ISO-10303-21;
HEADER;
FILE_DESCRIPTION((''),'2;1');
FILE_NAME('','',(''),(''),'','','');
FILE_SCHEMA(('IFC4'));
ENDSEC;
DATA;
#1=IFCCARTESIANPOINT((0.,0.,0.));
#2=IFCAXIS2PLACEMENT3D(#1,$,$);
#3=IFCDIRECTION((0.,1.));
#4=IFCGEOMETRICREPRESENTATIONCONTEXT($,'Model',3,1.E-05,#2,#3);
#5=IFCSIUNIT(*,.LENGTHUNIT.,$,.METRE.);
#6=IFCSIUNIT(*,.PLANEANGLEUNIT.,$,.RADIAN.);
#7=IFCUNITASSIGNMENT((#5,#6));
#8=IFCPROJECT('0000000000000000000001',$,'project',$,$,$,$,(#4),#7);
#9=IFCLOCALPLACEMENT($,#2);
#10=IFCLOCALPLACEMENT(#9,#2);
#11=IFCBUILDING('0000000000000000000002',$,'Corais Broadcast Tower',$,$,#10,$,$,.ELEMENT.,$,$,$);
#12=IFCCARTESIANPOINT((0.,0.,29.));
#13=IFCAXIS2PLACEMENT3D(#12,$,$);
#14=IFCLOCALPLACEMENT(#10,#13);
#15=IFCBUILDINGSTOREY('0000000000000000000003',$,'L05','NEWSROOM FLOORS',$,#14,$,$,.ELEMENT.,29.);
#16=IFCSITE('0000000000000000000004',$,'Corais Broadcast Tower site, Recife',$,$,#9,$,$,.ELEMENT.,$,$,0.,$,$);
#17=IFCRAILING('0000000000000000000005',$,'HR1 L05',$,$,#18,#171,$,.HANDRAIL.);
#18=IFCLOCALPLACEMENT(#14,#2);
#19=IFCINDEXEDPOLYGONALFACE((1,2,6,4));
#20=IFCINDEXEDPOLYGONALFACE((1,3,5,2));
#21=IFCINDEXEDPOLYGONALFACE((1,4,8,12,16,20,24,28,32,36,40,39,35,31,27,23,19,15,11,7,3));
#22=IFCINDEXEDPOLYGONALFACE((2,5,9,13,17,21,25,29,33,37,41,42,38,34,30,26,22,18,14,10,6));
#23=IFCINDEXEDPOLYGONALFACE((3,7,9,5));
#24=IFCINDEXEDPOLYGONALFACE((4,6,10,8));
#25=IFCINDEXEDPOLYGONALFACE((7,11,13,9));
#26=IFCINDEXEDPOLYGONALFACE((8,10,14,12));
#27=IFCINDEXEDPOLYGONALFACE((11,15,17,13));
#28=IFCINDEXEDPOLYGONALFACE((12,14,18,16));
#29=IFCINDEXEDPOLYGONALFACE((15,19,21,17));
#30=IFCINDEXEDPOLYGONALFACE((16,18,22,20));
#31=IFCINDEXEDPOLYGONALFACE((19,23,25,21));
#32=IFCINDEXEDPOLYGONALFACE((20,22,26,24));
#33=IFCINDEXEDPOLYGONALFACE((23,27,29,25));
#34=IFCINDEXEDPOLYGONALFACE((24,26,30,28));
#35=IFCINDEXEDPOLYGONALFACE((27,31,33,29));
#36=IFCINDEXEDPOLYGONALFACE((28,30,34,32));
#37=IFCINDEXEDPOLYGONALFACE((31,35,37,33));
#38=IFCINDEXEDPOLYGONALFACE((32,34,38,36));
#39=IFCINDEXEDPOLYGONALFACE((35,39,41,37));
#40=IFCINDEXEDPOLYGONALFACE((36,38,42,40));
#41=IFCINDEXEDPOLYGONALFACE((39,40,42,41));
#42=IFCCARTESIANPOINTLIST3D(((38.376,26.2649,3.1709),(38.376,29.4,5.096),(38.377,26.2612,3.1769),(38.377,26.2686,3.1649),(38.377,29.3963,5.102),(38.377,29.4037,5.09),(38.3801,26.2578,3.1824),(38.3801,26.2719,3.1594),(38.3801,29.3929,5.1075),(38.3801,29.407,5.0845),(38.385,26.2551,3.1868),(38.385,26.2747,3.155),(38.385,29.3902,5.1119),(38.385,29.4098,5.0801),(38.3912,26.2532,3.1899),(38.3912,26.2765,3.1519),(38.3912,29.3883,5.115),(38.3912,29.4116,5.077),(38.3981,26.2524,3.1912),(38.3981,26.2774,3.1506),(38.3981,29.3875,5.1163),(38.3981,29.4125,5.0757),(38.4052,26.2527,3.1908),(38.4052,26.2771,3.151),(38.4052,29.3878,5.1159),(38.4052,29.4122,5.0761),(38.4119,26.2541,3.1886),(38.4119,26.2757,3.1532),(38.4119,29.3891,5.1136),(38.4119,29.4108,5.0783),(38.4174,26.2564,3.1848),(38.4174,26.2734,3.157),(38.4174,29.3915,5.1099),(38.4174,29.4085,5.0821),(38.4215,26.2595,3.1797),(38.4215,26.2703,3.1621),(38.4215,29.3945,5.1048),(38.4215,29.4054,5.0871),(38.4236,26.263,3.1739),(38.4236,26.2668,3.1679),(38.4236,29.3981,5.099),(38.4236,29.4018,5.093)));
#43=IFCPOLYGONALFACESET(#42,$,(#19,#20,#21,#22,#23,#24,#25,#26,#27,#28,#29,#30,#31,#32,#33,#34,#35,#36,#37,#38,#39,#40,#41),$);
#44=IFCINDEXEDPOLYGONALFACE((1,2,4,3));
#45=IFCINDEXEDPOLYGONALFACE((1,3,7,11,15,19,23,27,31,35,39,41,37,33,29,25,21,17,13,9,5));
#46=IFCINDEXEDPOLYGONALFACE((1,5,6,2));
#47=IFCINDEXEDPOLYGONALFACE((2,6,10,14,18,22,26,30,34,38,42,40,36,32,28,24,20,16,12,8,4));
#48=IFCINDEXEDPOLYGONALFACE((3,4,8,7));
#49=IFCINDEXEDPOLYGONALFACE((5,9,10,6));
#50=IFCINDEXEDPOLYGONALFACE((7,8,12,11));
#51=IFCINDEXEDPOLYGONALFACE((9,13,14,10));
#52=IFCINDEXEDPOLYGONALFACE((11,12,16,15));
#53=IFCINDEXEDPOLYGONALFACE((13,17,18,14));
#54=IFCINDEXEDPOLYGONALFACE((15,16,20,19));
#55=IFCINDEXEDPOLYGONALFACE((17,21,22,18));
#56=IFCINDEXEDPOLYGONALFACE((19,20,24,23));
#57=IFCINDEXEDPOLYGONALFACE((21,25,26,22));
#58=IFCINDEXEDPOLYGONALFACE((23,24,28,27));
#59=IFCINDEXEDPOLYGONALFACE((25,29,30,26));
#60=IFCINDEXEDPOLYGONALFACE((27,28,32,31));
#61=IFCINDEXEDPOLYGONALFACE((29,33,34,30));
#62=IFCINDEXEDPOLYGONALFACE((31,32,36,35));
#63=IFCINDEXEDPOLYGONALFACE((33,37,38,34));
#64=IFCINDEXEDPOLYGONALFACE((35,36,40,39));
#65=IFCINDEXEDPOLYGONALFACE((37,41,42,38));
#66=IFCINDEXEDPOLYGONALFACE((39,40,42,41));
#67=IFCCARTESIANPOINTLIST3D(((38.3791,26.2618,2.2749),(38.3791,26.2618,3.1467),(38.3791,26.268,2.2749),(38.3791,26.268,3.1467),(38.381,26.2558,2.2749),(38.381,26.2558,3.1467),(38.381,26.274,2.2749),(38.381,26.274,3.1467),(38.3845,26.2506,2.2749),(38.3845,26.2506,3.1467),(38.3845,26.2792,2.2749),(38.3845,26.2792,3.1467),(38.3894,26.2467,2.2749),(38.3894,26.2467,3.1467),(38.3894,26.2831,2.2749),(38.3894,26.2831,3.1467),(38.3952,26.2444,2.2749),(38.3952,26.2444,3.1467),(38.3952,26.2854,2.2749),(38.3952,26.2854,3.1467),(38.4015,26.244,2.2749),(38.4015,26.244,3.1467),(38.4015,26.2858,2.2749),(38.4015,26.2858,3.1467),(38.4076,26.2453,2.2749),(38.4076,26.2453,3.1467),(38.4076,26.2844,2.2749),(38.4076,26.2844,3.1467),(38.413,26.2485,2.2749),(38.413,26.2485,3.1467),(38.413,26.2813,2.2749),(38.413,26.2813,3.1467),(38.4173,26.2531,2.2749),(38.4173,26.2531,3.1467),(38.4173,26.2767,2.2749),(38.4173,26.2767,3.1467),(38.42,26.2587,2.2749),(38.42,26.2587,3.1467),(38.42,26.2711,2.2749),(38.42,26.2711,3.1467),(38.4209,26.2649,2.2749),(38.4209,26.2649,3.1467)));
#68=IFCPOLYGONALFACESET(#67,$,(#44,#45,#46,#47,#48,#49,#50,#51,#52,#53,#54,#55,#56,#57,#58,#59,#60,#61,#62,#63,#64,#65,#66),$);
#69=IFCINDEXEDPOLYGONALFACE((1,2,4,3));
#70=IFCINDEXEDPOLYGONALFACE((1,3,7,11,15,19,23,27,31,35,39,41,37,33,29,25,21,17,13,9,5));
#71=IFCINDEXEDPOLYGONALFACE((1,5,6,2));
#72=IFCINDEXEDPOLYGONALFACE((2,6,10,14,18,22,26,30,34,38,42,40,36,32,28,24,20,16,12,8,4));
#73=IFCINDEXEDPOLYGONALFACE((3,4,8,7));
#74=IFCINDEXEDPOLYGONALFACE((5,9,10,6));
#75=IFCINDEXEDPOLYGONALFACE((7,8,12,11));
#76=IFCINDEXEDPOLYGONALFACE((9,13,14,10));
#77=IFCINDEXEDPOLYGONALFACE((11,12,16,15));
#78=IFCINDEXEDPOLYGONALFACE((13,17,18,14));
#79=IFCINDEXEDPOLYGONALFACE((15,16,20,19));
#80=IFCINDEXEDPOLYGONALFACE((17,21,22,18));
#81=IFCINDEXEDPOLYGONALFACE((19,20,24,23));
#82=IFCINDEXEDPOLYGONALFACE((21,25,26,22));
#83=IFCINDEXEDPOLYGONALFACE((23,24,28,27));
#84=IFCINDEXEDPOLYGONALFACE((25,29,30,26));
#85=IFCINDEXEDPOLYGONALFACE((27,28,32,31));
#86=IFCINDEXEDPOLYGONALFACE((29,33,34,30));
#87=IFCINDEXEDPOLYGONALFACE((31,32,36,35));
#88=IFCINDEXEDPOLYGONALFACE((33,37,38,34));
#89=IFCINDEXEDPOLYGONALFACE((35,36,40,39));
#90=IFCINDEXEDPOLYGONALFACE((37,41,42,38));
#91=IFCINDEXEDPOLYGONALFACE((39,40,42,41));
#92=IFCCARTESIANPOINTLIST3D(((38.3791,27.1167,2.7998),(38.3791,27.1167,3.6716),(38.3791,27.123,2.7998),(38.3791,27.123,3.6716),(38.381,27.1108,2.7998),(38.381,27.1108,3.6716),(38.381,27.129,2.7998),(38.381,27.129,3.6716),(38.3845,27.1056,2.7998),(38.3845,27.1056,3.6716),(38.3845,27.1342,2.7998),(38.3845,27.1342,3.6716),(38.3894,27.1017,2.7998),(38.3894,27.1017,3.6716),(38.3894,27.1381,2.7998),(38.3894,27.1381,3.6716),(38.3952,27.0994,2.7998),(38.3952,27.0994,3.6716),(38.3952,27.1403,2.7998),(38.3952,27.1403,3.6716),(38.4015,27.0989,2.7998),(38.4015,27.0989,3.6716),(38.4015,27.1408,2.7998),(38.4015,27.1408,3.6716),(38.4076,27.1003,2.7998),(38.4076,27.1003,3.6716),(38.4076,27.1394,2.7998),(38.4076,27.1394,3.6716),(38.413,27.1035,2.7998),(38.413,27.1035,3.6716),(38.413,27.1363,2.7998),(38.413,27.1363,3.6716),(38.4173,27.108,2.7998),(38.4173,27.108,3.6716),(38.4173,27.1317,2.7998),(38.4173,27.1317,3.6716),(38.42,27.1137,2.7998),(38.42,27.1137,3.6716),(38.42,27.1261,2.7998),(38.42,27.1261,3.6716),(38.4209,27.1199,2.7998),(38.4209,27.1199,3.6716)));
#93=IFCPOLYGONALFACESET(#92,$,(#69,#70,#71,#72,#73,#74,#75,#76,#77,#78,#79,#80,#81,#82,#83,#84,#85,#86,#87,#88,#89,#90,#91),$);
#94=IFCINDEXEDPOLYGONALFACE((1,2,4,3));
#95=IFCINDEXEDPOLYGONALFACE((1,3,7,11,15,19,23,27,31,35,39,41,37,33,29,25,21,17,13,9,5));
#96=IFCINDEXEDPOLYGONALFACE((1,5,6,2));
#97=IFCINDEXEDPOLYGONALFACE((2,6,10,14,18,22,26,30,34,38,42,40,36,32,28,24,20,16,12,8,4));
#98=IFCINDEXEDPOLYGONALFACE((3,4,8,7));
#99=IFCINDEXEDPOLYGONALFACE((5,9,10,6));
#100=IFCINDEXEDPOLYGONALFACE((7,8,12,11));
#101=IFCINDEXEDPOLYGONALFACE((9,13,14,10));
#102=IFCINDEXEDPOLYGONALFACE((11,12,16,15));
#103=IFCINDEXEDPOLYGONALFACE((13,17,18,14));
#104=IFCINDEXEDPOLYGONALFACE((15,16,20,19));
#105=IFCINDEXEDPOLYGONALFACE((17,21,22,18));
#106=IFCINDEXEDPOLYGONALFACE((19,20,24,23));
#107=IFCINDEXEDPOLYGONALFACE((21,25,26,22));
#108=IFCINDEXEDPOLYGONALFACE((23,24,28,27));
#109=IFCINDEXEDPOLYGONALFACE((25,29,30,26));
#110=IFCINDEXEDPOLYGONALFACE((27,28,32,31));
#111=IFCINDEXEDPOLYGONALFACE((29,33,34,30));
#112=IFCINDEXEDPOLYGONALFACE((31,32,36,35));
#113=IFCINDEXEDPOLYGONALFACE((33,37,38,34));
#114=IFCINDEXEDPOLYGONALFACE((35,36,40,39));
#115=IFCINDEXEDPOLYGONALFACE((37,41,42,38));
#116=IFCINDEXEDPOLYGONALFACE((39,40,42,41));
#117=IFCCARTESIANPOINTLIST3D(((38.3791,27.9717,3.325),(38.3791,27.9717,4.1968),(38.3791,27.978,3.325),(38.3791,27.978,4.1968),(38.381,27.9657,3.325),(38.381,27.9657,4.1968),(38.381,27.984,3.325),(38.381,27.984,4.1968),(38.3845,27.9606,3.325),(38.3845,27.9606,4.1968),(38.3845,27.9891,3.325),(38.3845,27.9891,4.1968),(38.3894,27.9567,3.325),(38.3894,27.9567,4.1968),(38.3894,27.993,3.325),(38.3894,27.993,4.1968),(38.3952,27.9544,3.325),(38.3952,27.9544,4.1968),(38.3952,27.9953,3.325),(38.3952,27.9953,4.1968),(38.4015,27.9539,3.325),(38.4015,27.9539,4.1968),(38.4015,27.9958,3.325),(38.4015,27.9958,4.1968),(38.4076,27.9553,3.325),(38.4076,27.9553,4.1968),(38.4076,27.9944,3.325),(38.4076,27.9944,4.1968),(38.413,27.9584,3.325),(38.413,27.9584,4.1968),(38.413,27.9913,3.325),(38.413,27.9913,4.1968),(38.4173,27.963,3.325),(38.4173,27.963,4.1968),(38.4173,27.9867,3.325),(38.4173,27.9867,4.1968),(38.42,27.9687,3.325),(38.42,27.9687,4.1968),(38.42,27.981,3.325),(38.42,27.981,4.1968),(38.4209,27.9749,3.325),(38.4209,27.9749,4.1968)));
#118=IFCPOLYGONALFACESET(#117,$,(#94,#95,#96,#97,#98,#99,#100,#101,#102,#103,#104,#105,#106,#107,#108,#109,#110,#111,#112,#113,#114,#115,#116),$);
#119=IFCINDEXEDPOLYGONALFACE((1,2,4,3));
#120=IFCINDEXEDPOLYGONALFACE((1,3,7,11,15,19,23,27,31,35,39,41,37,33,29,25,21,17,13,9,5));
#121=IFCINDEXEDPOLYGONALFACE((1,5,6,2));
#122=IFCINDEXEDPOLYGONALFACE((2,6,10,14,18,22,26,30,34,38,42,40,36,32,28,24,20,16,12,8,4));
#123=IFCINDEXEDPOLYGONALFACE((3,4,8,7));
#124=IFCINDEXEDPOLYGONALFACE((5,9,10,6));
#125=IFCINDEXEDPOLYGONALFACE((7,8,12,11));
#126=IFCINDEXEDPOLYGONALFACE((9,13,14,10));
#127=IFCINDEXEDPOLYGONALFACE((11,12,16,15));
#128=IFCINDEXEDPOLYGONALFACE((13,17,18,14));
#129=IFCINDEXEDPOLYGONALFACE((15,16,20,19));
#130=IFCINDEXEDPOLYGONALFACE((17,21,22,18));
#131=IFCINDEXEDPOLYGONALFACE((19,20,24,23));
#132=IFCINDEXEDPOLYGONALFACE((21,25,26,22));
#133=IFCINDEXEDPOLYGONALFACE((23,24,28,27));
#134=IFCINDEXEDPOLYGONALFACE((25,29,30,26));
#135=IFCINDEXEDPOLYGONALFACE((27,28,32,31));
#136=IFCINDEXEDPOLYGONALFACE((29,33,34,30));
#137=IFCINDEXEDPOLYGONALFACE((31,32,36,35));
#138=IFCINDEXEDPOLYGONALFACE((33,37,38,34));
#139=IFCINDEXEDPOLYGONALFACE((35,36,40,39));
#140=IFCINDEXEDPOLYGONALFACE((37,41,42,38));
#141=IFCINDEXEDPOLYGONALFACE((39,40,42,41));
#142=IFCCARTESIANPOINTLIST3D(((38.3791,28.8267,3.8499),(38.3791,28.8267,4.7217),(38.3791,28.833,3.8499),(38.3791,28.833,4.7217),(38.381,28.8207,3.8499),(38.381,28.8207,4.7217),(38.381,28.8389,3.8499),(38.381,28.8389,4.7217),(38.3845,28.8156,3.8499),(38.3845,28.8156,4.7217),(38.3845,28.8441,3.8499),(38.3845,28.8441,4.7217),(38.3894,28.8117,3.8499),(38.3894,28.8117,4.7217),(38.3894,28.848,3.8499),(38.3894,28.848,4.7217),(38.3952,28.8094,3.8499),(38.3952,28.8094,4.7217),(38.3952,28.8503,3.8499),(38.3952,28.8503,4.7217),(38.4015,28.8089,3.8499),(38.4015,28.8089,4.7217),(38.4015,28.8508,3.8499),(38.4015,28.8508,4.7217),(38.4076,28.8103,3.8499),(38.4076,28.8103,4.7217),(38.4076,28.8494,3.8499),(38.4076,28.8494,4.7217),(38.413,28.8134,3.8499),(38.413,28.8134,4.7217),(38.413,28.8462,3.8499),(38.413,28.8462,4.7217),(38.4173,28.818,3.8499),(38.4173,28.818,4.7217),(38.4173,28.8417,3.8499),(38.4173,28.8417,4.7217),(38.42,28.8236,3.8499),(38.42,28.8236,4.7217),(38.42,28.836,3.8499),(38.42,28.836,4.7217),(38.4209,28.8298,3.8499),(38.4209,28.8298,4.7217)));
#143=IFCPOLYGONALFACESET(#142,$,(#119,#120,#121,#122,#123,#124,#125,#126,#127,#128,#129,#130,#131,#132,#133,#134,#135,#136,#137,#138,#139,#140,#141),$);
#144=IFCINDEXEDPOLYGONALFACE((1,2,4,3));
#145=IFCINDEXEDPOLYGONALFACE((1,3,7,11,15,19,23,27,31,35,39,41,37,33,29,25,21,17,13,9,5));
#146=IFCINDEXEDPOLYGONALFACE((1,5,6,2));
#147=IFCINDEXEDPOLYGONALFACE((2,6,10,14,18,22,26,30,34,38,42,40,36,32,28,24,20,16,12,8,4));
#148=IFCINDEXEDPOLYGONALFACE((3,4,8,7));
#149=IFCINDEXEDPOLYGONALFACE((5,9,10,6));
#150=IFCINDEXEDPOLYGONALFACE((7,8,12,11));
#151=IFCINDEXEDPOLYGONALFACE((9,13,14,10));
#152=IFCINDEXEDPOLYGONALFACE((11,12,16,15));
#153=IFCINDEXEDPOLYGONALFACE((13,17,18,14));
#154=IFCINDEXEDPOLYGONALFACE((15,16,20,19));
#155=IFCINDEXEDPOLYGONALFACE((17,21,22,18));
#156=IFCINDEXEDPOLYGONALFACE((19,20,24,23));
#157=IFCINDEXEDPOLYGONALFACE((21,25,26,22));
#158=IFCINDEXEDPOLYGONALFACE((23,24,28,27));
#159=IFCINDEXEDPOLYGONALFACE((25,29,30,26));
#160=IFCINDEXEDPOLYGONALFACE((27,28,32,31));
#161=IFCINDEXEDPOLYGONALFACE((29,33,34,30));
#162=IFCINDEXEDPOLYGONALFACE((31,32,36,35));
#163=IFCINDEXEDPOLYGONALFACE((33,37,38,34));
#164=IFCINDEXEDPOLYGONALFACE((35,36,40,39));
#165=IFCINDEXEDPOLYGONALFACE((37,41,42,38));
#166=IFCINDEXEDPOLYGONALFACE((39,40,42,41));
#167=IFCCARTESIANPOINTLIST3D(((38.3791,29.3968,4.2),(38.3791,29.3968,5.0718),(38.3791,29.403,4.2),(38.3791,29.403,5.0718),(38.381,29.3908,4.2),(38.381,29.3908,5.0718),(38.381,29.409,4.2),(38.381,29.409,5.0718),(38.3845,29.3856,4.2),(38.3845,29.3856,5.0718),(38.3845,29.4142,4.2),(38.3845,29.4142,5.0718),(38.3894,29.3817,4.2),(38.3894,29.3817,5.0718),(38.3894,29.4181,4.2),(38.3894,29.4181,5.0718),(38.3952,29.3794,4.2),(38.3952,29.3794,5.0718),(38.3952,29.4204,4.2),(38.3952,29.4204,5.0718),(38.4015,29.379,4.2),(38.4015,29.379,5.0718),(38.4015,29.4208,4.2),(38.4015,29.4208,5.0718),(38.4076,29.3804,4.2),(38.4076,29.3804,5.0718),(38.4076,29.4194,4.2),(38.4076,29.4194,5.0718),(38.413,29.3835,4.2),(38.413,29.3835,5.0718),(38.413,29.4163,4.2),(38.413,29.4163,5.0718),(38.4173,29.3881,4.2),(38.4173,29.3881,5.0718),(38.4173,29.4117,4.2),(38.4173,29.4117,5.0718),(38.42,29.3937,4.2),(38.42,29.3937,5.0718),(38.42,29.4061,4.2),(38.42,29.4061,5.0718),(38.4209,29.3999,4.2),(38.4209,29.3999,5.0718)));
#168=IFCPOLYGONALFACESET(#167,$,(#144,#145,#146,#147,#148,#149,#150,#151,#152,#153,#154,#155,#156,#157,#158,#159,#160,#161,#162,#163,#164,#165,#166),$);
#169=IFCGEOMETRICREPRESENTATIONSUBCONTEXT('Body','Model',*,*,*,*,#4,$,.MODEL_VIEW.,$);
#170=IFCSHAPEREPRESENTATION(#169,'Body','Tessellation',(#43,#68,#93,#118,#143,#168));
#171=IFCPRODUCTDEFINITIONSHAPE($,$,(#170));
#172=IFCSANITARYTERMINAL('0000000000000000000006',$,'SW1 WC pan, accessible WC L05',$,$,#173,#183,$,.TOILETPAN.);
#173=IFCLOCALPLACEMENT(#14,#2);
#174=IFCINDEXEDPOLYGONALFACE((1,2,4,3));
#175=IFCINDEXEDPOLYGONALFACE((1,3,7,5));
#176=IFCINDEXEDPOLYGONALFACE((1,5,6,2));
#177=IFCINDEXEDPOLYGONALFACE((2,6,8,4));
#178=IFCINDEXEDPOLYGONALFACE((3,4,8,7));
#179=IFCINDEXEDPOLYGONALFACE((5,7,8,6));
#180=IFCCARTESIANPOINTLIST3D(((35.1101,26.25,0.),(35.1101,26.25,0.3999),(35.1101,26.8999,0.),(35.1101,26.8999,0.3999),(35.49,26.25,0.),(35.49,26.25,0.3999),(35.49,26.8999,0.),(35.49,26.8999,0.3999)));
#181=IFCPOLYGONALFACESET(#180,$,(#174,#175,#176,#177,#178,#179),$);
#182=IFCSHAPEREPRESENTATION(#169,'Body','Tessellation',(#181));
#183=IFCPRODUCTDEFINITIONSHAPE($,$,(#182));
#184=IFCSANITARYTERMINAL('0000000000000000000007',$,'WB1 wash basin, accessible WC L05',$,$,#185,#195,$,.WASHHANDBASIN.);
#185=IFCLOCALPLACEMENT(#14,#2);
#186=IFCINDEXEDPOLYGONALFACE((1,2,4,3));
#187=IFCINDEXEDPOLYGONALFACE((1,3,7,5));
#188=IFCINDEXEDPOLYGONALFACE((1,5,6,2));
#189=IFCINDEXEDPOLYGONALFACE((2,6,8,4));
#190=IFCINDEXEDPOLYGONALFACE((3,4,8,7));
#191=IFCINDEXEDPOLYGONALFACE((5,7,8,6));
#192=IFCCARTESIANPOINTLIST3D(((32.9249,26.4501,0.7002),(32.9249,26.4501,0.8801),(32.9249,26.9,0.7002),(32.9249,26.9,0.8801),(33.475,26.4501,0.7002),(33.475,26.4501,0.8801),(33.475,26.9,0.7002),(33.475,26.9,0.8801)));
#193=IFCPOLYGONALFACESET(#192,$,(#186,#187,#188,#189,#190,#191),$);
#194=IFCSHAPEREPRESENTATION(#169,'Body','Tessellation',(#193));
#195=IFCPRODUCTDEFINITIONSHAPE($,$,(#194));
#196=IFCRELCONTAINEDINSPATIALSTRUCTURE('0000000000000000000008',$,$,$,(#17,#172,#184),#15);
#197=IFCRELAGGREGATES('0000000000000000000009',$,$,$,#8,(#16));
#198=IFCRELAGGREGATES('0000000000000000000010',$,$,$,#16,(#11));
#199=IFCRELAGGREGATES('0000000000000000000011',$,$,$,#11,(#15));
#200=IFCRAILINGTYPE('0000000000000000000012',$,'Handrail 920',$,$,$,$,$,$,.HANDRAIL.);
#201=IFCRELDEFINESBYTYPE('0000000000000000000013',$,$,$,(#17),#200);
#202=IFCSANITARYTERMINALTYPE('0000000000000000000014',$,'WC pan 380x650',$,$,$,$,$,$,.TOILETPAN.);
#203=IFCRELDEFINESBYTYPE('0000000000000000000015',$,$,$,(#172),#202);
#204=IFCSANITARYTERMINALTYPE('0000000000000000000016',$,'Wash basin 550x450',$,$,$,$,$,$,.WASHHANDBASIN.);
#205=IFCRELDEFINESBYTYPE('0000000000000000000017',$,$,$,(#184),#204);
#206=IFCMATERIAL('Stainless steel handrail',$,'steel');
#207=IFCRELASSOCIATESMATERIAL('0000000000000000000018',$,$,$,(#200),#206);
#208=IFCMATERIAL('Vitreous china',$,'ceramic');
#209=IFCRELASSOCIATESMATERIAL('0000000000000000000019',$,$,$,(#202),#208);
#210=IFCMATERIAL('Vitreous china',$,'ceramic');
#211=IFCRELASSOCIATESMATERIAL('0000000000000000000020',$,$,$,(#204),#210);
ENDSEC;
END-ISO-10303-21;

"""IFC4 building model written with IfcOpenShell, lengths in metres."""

from ifc_helpers import new_model, si_unit, direction, frame, origin, origin_2d, place, context, subcontext, project, spatial, rectangle, circle, extrude, material, type_object, element, save


model = new_model("IFC4")

# Units and contexts
model_context = context("Model", 3, precision=1e-05, world=origin(), true_north=direction((0.0, 1.0)))
body_context = subcontext(model_context, "Body", "Model", "MODEL_VIEW")
ifc_project = project(units=[si_unit("LENGTHUNIT", "METRE"), si_unit("PLANEANGLEUNIT", "RADIAN")], contexts=[model_context])

# Site, building, storey
site_placement = place(None, origin())
site = spatial("IfcSite", under=ifc_project, at=site_placement, Name="Corais Broadcast Tower site, Recife", CompositionType="ELEMENT", RefElevation=0.0)
building_placement = place(site_placement, origin())
building = spatial("IfcBuilding", under=site, at=building_placement, Name="Corais Broadcast Tower", CompositionType="ELEMENT")
storey_placement = place(building_placement, frame((0.0, 0.0, 29.0)))
storey = spatial("IfcBuildingStorey", under=building, at=storey_placement, Name="L05", Description="NEWSROOM FLOORS", CompositionType="ELEMENT", Elevation=29.0)

# Railing
ifc_material_1 = material(Name="Stainless steel handrail", Category="steel")
railing_type = type_object("IfcRailingType", Name="Handrail 920", PredefinedType="HANDRAIL", material=ifc_material_1)
for number, where, name in (
    (1, (38.3999, 26.2649, 2.2749), "HR1 L05"),
):
    element("IfcRailing", number, at=place(storey_placement, frame(where)), inside=storey, type_object=railing_type, Name=name, PredefinedType="HANDRAIL", context=body_context, shape_type="SweptSolid", body=[
        extrude(circle(Radius=0.0239, at=origin_2d()), frame((0.0, 0.0, 0.896), z_axis=(0.0, 0.852166, 0.523271), x_axis=(-1.0, 0.0, 0.0)), (0.0, 0.0, 1.0), 3.679),
        extrude(circle(Radius=0.021, at=origin_2d()), origin(), (0.0, 0.0, 1.0), 0.8718),
        extrude(circle(Radius=0.021, at=origin_2d()), frame((0.0, 0.855, 0.5249)), (0.0, 0.0, 1.0), 0.8718),
        extrude(circle(Radius=0.021, at=origin_2d()), frame((0.0, 1.71, 1.05)), (0.0, 0.0, 1.0), 0.8718),
        extrude(circle(Radius=0.021, at=origin_2d()), frame((0.0, 2.5649, 1.575)), (0.0, 0.0, 1.0), 0.8718),
        extrude(circle(Radius=0.021, at=origin_2d()), frame((0.0, 3.135, 1.925)), (0.0, 0.0, 1.0), 0.8718),
    ])

# Sanitary terminals
ifc_material_2 = material(Name="Vitreous china", Category="ceramic")
sanitary_terminal_type_1 = type_object("IfcSanitaryTerminalType", Name="WC pan 380x650", PredefinedType="TOILETPAN", material=ifc_material_2)
sanitary_terminal_1_placement = place(storey_placement, frame((35.3, 26.575, 0.0), z_axis=(0.0, 0.0, 1.0), x_axis=(1.0, 0.0, 0.0)))
element("IfcSanitaryTerminal", 2, at=sanitary_terminal_1_placement, inside=storey, type_object=sanitary_terminal_type_1, Name="SW1 WC pan, accessible WC L05", PredefinedType="TOILETPAN", context=body_context, shape_type="SweptSolid", body=[
    extrude(rectangle(XDim=0.3799, YDim=0.6499, at=origin_2d()), origin(), (0.0, 0.0, 1.0), 0.3999),
])
ifc_material_3 = material(Name="Vitreous china", Category="ceramic")
sanitary_terminal_type_2 = type_object("IfcSanitaryTerminalType", Name="Wash basin 550x450", PredefinedType="WASHHANDBASIN", material=ifc_material_3)
sanitary_terminal_2_placement = place(storey_placement, frame((33.2, 26.675, 0.7002), z_axis=(0.0, 0.0, 1.0), x_axis=(1.0, 0.0, 0.0)))
element("IfcSanitaryTerminal", 3, at=sanitary_terminal_2_placement, inside=storey, type_object=sanitary_terminal_type_2, Name="WB1 wash basin, accessible WC L05", PredefinedType="WASHHANDBASIN", context=body_context, shape_type="SweptSolid", body=[
    extrude(rectangle(XDim=0.55, YDim=0.45, at=origin_2d()), origin(), (0.0, 0.0, 1.0), 0.1799),
])

save(model, "model.ifc")
